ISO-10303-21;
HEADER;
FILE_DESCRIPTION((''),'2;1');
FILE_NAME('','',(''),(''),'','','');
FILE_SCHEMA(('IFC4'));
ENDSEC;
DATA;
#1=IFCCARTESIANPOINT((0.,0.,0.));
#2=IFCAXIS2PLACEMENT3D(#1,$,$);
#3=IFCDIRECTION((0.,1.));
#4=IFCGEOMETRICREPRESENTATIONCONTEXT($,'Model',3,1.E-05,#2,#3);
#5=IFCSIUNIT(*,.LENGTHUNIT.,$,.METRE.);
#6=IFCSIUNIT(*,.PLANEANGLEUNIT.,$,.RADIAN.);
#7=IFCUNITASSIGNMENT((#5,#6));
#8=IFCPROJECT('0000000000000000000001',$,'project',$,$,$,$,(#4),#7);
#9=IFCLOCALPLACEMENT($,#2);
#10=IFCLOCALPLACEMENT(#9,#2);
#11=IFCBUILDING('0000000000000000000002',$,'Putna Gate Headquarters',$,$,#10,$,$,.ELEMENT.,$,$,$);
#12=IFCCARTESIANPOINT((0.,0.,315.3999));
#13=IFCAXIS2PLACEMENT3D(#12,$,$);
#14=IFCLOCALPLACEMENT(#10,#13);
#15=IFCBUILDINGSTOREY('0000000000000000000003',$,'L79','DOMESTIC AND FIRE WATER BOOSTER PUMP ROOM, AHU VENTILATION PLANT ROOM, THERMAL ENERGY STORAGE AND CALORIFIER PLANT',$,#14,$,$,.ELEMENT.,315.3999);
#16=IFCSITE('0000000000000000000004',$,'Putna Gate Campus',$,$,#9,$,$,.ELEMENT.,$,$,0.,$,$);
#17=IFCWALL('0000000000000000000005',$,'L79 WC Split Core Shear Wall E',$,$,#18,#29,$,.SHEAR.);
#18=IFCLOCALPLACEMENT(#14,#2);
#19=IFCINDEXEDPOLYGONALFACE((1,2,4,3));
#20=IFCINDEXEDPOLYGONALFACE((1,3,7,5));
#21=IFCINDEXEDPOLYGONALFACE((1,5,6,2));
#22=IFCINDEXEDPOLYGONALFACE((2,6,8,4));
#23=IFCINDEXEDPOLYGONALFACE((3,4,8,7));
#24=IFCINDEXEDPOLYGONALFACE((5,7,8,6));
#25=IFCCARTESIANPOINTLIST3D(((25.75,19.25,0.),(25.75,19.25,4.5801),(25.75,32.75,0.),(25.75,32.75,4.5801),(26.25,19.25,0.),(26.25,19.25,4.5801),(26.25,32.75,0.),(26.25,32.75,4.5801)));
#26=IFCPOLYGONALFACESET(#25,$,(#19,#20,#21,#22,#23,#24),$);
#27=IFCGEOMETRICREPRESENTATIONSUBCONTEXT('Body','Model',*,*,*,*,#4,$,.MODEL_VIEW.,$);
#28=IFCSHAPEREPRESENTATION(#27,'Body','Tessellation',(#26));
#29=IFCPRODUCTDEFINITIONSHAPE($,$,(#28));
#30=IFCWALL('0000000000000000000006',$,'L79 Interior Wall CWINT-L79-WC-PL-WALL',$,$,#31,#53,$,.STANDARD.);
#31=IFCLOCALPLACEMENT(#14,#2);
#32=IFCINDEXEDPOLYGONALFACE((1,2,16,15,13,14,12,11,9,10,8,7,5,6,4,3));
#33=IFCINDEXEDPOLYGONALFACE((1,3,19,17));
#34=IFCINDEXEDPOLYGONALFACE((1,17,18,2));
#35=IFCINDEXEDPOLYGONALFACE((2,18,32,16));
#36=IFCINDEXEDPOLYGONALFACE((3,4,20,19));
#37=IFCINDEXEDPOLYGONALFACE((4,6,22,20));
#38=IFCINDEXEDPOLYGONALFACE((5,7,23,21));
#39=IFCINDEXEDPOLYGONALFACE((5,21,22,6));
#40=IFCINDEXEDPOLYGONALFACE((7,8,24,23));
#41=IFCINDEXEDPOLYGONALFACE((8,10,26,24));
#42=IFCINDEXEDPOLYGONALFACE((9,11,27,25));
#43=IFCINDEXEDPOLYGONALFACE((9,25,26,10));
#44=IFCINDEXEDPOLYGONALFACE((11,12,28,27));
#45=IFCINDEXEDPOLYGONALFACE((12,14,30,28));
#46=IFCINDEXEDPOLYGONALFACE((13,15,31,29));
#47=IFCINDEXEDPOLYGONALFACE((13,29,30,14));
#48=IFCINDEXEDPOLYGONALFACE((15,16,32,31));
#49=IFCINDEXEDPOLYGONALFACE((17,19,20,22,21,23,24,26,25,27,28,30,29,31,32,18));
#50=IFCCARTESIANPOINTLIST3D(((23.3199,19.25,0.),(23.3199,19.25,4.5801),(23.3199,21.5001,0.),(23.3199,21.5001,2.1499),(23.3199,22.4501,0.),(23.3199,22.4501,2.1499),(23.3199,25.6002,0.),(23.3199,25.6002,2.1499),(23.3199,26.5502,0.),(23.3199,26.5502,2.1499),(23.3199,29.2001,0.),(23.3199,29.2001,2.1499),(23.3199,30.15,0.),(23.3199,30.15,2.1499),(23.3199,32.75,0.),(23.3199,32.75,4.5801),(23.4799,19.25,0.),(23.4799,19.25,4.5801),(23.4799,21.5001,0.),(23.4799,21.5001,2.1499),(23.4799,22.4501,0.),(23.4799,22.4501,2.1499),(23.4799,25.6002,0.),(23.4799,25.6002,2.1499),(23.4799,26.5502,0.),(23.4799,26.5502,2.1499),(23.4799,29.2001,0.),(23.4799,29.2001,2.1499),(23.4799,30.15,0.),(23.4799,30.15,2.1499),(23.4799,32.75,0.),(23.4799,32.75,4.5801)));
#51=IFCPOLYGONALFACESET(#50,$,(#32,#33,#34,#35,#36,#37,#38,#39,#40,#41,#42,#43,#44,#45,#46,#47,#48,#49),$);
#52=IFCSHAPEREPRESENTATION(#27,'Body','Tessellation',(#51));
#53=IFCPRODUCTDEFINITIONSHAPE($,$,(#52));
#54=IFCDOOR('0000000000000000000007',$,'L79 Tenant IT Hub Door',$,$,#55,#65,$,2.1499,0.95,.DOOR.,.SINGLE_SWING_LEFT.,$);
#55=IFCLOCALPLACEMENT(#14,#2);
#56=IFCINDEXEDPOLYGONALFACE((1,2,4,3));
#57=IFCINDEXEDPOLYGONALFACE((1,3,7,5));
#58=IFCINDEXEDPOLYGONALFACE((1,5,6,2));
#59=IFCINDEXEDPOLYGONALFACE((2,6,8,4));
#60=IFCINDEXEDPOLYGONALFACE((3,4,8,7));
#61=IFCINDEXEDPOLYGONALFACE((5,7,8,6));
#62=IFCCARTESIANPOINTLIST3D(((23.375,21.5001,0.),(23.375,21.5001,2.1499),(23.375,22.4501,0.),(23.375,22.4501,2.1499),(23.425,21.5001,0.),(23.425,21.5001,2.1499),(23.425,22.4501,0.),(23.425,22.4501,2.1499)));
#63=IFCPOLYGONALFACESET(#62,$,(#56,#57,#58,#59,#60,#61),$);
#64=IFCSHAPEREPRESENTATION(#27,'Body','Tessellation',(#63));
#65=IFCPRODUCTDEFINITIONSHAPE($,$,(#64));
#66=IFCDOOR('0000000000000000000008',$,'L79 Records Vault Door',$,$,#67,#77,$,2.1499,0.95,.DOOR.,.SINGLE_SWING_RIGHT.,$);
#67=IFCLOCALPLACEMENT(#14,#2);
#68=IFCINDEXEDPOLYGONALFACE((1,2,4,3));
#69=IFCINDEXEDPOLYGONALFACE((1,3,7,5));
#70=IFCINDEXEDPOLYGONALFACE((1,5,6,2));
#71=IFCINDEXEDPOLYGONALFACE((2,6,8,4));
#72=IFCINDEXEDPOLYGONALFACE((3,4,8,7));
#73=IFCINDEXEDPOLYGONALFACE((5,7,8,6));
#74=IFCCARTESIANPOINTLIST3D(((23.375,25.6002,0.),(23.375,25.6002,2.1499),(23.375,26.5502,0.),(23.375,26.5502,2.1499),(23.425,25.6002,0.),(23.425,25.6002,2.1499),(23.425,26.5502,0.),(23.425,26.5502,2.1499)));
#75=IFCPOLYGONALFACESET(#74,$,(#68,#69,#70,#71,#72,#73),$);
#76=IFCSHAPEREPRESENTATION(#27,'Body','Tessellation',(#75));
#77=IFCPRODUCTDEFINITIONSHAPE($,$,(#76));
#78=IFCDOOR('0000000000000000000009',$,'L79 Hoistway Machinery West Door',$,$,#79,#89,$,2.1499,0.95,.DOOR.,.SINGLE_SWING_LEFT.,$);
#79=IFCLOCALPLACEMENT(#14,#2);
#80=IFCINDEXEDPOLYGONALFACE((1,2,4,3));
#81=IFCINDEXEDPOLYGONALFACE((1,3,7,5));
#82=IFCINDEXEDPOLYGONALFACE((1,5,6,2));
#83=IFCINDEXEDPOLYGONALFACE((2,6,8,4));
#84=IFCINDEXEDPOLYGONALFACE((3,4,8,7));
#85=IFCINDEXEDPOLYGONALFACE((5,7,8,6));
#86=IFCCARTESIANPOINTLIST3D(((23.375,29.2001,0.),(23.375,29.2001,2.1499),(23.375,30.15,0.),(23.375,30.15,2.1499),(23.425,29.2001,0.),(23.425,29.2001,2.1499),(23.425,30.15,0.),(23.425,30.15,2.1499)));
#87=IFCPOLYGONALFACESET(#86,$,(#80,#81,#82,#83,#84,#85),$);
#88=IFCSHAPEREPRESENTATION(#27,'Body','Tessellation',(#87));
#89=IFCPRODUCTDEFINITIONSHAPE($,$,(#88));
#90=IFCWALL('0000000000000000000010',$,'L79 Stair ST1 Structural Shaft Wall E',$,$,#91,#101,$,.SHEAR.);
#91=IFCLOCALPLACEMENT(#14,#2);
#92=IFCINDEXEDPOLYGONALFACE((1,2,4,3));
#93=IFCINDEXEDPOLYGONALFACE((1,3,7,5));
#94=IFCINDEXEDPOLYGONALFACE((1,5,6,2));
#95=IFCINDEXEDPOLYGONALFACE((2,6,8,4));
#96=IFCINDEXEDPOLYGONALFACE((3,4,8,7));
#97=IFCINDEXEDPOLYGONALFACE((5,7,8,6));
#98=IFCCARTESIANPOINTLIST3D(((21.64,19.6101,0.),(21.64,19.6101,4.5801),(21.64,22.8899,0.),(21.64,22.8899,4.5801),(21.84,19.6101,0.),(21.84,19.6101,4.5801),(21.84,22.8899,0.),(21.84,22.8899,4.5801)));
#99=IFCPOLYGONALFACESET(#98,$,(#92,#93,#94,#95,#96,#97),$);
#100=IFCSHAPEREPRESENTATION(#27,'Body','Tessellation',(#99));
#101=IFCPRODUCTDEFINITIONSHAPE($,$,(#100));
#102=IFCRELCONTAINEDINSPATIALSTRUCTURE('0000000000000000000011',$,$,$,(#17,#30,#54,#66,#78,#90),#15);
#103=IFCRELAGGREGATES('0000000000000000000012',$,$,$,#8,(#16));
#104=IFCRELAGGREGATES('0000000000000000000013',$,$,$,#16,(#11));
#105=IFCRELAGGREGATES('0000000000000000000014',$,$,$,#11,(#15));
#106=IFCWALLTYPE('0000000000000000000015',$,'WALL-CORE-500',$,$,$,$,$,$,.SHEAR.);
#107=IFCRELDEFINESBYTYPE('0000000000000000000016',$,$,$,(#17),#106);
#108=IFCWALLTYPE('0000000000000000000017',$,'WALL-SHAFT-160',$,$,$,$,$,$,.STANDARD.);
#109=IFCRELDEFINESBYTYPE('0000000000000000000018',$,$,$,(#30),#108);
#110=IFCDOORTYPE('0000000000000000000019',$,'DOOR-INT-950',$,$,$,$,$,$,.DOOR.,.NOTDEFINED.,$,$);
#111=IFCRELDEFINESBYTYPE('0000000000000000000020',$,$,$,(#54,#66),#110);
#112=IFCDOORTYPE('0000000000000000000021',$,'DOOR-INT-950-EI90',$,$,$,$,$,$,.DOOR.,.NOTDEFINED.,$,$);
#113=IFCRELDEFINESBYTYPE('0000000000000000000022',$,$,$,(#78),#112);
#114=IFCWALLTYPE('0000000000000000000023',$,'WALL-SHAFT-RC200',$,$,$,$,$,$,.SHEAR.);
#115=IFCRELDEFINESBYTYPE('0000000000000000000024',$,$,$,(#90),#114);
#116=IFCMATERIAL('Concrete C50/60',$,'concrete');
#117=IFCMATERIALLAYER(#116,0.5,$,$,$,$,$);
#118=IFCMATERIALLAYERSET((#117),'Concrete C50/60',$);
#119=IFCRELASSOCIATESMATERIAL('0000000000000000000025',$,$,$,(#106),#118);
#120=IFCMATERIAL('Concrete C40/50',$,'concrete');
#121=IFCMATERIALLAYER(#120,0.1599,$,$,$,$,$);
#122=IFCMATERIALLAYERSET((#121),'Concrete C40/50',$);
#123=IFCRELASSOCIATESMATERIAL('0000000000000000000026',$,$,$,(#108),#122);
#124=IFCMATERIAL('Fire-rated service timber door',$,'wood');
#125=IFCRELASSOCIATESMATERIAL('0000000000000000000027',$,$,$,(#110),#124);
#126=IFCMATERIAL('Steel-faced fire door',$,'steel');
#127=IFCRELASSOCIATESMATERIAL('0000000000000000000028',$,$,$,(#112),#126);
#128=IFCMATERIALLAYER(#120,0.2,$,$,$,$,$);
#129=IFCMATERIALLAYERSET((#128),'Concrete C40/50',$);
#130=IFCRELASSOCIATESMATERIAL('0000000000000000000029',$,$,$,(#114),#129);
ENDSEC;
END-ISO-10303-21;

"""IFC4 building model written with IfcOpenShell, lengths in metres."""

from ifc_helpers import new_model, si_unit, direction, frame, frame_2d, origin, place, context, subcontext, project, spatial, rectangle, extrude, material, layer, layer_set, type_object, element, fill, save


model = new_model("IFC4")

# Units and contexts
model_context = context("Model", 3, precision=1e-05, world=origin(), true_north=direction((0.0, 1.0)))
body_context = subcontext(model_context, "Body", "Model", "MODEL_VIEW")
ifc_project = project(units=[si_unit("LENGTHUNIT", "METRE"), si_unit("PLANEANGLEUNIT", "RADIAN")], contexts=[model_context])

# Site, building, storey
site_placement = place(None, origin())
site = spatial("IfcSite", under=ifc_project, at=site_placement, Name="Putna Gate Campus", CompositionType="ELEMENT", RefElevation=0.0)
building_placement = place(site_placement, origin())
building = spatial("IfcBuilding", under=site, at=building_placement, Name="Putna Gate Headquarters", CompositionType="ELEMENT")
storey_placement = place(building_placement, frame((0.0, 0.0, 315.3999)))
storey = spatial("IfcBuildingStorey", under=building, at=storey_placement, Name="L79", Description="DOMESTIC AND FIRE WATER BOOSTER PUMP ROOM, AHU VENTILATION PLANT ROOM, THERMAL ENERGY STORAGE AND CALORIFIER PLANT", CompositionType="ELEMENT", Elevation=315.3999)

# Wall
ifc_material_1 = material(Name="Concrete C50/60", Category="concrete")
ifc_layer_1 = layer(ifc_material_1, 0.5)
ifc_layer_set_1 = layer_set([ifc_layer_1], Name="Concrete C50/60")
wall_type_1 = type_object("IfcWallType", Name="WALL-CORE-500", PredefinedType="SHEAR", material=ifc_layer_set_1)
wall_1_placement = place(storey_placement, frame((26.0, 19.25, 0.0), z_axis=(0.0, 0.0, 1.0), x_axis=(0.0, 1.0, 0.0)))
element("IfcWall", 1, at=wall_1_placement, inside=storey, type_object=wall_type_1, Name="L79 WC Split Core Shear Wall E", PredefinedType="SHEAR", context=body_context, shape_type="SweptSolid", body=[
    extrude(rectangle(XDim=13.5, YDim=0.5, at=frame_2d((6.75, 0.0))), origin(), (0.0, 0.0, 1.0), 4.5801),
])

# Wall, openings, doors
ifc_material_2 = material(Name="Concrete C40/50", Category="concrete")
ifc_layer_2 = layer(ifc_material_2, 0.1599)
ifc_layer_set_2 = layer_set([ifc_layer_2], Name="Concrete C40/50")
wall_type_2 = type_object("IfcWallType", Name="WALL-SHAFT-160", PredefinedType="STANDARD", material=ifc_layer_set_2)
wall_2_placement = place(storey_placement, frame((23.3999, 19.25, 0.0), z_axis=(0.0, 0.0, 1.0), x_axis=(0.0, 1.0, 0.0)))
wall_2 = element("IfcWall", 2, at=wall_2_placement, inside=storey, type_object=wall_type_2, Name="L79 Interior Wall CWINT-L79-WC-PL-WALL", PredefinedType="STANDARD", context=body_context, shape_type="SweptSolid", body=[
    extrude(rectangle(XDim=13.5, YDim=0.1599, at=frame_2d((6.75, 0.0))), origin(), (0.0, 0.0, 1.0), 4.5801),
])
opening_1_placement = place(wall_2_placement, frame((2.25, 0.0, 0.0)))
opening_1 = element("IfcOpeningElement", 3, at=opening_1_placement, cuts=wall_2, PredefinedType="OPENING", context=body_context, shape_type="SweptSolid", body=[
    extrude(rectangle(XDim=0.95, YDim=2.1499, at=frame_2d((0.4751, 1.075))), frame((0.0, 0.0898, 0.0), z_axis=(0.0, -1.0, 0.0), x_axis=(1.0, 0.0, 0.0)), (0.0, 0.0, 1.0), 0.1799),
])
opening_2_placement = place(wall_2_placement, frame((6.3501, 0.0, 0.0)))
opening_2 = element("IfcOpeningElement", 4, at=opening_2_placement, cuts=wall_2, PredefinedType="OPENING", context=body_context, shape_type="SweptSolid", body=[
    extrude(rectangle(XDim=0.95, YDim=2.1499, at=frame_2d((0.4751, 1.075))), frame((0.0, 0.0898, 0.0), z_axis=(0.0, -1.0, 0.0), x_axis=(1.0, 0.0, 0.0)), (0.0, 0.0, 1.0), 0.1799),
])
opening_3_placement = place(wall_2_placement, frame((9.95, 0.0, 0.0)))
opening_3 = element("IfcOpeningElement", 5, at=opening_3_placement, cuts=wall_2, PredefinedType="OPENING", context=body_context, shape_type="SweptSolid", body=[
    extrude(rectangle(XDim=0.95, YDim=2.1499, at=frame_2d((0.4751, 1.075))), frame((0.0, 0.0898, 0.0), z_axis=(0.0, -1.0, 0.0), x_axis=(1.0, 0.0, 0.0)), (0.0, 0.0, 1.0), 0.1799),
])
ifc_material_3 = material(Name="Fire-rated service timber door", Category="wood")
door_type_1 = type_object("IfcDoorType", Name="DOOR-INT-950", OperationType="NOTDEFINED", PredefinedType="DOOR", material=ifc_material_3)
door_1_placement = place(opening_1_placement, origin())
door_1 = element("IfcDoor", 6, at=door_1_placement, inside=storey, type_object=door_type_1, Name="L79 Tenant IT Hub Door", OperationType="SINGLE_SWING_LEFT", OverallHeight=2.1499, OverallWidth=0.95, PredefinedType="DOOR", context=body_context, shape_type="SweptSolid", body=[
    extrude(rectangle(XDim=0.95, YDim=2.1499, at=frame_2d((0.4751, 1.075))), frame((0.0, 0.0249, 0.0), z_axis=(0.0, -1.0, 0.0), x_axis=(1.0, 0.0, 0.0)), (0.0, 0.0, 1.0), 0.05),
])
fill(opening_1, door_1)
door_2_placement = place(opening_2_placement, origin())
door_2 = element("IfcDoor", 7, at=door_2_placement, inside=storey, type_object=door_type_1, Name="L79 Records Vault Door", OperationType="SINGLE_SWING_RIGHT", OverallHeight=2.1499, OverallWidth=0.95, PredefinedType="DOOR", context=body_context, shape_type="SweptSolid", body=[
    extrude(rectangle(XDim=0.95, YDim=2.1499, at=frame_2d((0.4751, 1.075))), frame((0.0, 0.0249, 0.0), z_axis=(0.0, -1.0, 0.0), x_axis=(1.0, 0.0, 0.0)), (0.0, 0.0, 1.0), 0.05),
])
fill(opening_2, door_2)
ifc_material_4 = material(Name="Steel-faced fire door", Category="steel")
door_type_2 = type_object("IfcDoorType", Name="DOOR-INT-950-EI90", OperationType="NOTDEFINED", PredefinedType="DOOR", material=ifc_material_4)
door_3_placement = place(opening_3_placement, origin())
door_3 = element("IfcDoor", 8, at=door_3_placement, inside=storey, type_object=door_type_2, Name="L79 Hoistway Machinery West Door", OperationType="SINGLE_SWING_LEFT", OverallHeight=2.1499, OverallWidth=0.95, PredefinedType="DOOR", context=body_context, shape_type="SweptSolid", body=[
    extrude(rectangle(XDim=0.95, YDim=2.1499, at=frame_2d((0.4751, 1.075))), frame((0.0, 0.0249, 0.0), z_axis=(0.0, -1.0, 0.0), x_axis=(1.0, 0.0, 0.0)), (0.0, 0.0, 1.0), 0.05),
])
fill(opening_3, door_3)

# Wall
ifc_layer_3 = layer(ifc_material_2, 0.2)
ifc_layer_set_3 = layer_set([ifc_layer_3], Name="Concrete C40/50")
wall_type_3 = type_object("IfcWallType", Name="WALL-SHAFT-RC200", PredefinedType="SHEAR", material=ifc_layer_set_3)
wall_3_placement = place(storey_placement, frame((21.74, 19.6101, 0.0), z_axis=(0.0, 0.0, 1.0), x_axis=(0.0, 1.0, 0.0)))
element("IfcWall", 9, at=wall_3_placement, inside=storey, type_object=wall_type_3, Name="L79 Stair ST1 Structural Shaft Wall E", PredefinedType="SHEAR", context=body_context, shape_type="SweptSolid", body=[
    extrude(rectangle(XDim=3.2798, YDim=0.2, at=frame_2d((1.6399, 0.0))), origin(), (0.0, 0.0, 1.0), 4.5801),
])

save(model, "model.ifc")
